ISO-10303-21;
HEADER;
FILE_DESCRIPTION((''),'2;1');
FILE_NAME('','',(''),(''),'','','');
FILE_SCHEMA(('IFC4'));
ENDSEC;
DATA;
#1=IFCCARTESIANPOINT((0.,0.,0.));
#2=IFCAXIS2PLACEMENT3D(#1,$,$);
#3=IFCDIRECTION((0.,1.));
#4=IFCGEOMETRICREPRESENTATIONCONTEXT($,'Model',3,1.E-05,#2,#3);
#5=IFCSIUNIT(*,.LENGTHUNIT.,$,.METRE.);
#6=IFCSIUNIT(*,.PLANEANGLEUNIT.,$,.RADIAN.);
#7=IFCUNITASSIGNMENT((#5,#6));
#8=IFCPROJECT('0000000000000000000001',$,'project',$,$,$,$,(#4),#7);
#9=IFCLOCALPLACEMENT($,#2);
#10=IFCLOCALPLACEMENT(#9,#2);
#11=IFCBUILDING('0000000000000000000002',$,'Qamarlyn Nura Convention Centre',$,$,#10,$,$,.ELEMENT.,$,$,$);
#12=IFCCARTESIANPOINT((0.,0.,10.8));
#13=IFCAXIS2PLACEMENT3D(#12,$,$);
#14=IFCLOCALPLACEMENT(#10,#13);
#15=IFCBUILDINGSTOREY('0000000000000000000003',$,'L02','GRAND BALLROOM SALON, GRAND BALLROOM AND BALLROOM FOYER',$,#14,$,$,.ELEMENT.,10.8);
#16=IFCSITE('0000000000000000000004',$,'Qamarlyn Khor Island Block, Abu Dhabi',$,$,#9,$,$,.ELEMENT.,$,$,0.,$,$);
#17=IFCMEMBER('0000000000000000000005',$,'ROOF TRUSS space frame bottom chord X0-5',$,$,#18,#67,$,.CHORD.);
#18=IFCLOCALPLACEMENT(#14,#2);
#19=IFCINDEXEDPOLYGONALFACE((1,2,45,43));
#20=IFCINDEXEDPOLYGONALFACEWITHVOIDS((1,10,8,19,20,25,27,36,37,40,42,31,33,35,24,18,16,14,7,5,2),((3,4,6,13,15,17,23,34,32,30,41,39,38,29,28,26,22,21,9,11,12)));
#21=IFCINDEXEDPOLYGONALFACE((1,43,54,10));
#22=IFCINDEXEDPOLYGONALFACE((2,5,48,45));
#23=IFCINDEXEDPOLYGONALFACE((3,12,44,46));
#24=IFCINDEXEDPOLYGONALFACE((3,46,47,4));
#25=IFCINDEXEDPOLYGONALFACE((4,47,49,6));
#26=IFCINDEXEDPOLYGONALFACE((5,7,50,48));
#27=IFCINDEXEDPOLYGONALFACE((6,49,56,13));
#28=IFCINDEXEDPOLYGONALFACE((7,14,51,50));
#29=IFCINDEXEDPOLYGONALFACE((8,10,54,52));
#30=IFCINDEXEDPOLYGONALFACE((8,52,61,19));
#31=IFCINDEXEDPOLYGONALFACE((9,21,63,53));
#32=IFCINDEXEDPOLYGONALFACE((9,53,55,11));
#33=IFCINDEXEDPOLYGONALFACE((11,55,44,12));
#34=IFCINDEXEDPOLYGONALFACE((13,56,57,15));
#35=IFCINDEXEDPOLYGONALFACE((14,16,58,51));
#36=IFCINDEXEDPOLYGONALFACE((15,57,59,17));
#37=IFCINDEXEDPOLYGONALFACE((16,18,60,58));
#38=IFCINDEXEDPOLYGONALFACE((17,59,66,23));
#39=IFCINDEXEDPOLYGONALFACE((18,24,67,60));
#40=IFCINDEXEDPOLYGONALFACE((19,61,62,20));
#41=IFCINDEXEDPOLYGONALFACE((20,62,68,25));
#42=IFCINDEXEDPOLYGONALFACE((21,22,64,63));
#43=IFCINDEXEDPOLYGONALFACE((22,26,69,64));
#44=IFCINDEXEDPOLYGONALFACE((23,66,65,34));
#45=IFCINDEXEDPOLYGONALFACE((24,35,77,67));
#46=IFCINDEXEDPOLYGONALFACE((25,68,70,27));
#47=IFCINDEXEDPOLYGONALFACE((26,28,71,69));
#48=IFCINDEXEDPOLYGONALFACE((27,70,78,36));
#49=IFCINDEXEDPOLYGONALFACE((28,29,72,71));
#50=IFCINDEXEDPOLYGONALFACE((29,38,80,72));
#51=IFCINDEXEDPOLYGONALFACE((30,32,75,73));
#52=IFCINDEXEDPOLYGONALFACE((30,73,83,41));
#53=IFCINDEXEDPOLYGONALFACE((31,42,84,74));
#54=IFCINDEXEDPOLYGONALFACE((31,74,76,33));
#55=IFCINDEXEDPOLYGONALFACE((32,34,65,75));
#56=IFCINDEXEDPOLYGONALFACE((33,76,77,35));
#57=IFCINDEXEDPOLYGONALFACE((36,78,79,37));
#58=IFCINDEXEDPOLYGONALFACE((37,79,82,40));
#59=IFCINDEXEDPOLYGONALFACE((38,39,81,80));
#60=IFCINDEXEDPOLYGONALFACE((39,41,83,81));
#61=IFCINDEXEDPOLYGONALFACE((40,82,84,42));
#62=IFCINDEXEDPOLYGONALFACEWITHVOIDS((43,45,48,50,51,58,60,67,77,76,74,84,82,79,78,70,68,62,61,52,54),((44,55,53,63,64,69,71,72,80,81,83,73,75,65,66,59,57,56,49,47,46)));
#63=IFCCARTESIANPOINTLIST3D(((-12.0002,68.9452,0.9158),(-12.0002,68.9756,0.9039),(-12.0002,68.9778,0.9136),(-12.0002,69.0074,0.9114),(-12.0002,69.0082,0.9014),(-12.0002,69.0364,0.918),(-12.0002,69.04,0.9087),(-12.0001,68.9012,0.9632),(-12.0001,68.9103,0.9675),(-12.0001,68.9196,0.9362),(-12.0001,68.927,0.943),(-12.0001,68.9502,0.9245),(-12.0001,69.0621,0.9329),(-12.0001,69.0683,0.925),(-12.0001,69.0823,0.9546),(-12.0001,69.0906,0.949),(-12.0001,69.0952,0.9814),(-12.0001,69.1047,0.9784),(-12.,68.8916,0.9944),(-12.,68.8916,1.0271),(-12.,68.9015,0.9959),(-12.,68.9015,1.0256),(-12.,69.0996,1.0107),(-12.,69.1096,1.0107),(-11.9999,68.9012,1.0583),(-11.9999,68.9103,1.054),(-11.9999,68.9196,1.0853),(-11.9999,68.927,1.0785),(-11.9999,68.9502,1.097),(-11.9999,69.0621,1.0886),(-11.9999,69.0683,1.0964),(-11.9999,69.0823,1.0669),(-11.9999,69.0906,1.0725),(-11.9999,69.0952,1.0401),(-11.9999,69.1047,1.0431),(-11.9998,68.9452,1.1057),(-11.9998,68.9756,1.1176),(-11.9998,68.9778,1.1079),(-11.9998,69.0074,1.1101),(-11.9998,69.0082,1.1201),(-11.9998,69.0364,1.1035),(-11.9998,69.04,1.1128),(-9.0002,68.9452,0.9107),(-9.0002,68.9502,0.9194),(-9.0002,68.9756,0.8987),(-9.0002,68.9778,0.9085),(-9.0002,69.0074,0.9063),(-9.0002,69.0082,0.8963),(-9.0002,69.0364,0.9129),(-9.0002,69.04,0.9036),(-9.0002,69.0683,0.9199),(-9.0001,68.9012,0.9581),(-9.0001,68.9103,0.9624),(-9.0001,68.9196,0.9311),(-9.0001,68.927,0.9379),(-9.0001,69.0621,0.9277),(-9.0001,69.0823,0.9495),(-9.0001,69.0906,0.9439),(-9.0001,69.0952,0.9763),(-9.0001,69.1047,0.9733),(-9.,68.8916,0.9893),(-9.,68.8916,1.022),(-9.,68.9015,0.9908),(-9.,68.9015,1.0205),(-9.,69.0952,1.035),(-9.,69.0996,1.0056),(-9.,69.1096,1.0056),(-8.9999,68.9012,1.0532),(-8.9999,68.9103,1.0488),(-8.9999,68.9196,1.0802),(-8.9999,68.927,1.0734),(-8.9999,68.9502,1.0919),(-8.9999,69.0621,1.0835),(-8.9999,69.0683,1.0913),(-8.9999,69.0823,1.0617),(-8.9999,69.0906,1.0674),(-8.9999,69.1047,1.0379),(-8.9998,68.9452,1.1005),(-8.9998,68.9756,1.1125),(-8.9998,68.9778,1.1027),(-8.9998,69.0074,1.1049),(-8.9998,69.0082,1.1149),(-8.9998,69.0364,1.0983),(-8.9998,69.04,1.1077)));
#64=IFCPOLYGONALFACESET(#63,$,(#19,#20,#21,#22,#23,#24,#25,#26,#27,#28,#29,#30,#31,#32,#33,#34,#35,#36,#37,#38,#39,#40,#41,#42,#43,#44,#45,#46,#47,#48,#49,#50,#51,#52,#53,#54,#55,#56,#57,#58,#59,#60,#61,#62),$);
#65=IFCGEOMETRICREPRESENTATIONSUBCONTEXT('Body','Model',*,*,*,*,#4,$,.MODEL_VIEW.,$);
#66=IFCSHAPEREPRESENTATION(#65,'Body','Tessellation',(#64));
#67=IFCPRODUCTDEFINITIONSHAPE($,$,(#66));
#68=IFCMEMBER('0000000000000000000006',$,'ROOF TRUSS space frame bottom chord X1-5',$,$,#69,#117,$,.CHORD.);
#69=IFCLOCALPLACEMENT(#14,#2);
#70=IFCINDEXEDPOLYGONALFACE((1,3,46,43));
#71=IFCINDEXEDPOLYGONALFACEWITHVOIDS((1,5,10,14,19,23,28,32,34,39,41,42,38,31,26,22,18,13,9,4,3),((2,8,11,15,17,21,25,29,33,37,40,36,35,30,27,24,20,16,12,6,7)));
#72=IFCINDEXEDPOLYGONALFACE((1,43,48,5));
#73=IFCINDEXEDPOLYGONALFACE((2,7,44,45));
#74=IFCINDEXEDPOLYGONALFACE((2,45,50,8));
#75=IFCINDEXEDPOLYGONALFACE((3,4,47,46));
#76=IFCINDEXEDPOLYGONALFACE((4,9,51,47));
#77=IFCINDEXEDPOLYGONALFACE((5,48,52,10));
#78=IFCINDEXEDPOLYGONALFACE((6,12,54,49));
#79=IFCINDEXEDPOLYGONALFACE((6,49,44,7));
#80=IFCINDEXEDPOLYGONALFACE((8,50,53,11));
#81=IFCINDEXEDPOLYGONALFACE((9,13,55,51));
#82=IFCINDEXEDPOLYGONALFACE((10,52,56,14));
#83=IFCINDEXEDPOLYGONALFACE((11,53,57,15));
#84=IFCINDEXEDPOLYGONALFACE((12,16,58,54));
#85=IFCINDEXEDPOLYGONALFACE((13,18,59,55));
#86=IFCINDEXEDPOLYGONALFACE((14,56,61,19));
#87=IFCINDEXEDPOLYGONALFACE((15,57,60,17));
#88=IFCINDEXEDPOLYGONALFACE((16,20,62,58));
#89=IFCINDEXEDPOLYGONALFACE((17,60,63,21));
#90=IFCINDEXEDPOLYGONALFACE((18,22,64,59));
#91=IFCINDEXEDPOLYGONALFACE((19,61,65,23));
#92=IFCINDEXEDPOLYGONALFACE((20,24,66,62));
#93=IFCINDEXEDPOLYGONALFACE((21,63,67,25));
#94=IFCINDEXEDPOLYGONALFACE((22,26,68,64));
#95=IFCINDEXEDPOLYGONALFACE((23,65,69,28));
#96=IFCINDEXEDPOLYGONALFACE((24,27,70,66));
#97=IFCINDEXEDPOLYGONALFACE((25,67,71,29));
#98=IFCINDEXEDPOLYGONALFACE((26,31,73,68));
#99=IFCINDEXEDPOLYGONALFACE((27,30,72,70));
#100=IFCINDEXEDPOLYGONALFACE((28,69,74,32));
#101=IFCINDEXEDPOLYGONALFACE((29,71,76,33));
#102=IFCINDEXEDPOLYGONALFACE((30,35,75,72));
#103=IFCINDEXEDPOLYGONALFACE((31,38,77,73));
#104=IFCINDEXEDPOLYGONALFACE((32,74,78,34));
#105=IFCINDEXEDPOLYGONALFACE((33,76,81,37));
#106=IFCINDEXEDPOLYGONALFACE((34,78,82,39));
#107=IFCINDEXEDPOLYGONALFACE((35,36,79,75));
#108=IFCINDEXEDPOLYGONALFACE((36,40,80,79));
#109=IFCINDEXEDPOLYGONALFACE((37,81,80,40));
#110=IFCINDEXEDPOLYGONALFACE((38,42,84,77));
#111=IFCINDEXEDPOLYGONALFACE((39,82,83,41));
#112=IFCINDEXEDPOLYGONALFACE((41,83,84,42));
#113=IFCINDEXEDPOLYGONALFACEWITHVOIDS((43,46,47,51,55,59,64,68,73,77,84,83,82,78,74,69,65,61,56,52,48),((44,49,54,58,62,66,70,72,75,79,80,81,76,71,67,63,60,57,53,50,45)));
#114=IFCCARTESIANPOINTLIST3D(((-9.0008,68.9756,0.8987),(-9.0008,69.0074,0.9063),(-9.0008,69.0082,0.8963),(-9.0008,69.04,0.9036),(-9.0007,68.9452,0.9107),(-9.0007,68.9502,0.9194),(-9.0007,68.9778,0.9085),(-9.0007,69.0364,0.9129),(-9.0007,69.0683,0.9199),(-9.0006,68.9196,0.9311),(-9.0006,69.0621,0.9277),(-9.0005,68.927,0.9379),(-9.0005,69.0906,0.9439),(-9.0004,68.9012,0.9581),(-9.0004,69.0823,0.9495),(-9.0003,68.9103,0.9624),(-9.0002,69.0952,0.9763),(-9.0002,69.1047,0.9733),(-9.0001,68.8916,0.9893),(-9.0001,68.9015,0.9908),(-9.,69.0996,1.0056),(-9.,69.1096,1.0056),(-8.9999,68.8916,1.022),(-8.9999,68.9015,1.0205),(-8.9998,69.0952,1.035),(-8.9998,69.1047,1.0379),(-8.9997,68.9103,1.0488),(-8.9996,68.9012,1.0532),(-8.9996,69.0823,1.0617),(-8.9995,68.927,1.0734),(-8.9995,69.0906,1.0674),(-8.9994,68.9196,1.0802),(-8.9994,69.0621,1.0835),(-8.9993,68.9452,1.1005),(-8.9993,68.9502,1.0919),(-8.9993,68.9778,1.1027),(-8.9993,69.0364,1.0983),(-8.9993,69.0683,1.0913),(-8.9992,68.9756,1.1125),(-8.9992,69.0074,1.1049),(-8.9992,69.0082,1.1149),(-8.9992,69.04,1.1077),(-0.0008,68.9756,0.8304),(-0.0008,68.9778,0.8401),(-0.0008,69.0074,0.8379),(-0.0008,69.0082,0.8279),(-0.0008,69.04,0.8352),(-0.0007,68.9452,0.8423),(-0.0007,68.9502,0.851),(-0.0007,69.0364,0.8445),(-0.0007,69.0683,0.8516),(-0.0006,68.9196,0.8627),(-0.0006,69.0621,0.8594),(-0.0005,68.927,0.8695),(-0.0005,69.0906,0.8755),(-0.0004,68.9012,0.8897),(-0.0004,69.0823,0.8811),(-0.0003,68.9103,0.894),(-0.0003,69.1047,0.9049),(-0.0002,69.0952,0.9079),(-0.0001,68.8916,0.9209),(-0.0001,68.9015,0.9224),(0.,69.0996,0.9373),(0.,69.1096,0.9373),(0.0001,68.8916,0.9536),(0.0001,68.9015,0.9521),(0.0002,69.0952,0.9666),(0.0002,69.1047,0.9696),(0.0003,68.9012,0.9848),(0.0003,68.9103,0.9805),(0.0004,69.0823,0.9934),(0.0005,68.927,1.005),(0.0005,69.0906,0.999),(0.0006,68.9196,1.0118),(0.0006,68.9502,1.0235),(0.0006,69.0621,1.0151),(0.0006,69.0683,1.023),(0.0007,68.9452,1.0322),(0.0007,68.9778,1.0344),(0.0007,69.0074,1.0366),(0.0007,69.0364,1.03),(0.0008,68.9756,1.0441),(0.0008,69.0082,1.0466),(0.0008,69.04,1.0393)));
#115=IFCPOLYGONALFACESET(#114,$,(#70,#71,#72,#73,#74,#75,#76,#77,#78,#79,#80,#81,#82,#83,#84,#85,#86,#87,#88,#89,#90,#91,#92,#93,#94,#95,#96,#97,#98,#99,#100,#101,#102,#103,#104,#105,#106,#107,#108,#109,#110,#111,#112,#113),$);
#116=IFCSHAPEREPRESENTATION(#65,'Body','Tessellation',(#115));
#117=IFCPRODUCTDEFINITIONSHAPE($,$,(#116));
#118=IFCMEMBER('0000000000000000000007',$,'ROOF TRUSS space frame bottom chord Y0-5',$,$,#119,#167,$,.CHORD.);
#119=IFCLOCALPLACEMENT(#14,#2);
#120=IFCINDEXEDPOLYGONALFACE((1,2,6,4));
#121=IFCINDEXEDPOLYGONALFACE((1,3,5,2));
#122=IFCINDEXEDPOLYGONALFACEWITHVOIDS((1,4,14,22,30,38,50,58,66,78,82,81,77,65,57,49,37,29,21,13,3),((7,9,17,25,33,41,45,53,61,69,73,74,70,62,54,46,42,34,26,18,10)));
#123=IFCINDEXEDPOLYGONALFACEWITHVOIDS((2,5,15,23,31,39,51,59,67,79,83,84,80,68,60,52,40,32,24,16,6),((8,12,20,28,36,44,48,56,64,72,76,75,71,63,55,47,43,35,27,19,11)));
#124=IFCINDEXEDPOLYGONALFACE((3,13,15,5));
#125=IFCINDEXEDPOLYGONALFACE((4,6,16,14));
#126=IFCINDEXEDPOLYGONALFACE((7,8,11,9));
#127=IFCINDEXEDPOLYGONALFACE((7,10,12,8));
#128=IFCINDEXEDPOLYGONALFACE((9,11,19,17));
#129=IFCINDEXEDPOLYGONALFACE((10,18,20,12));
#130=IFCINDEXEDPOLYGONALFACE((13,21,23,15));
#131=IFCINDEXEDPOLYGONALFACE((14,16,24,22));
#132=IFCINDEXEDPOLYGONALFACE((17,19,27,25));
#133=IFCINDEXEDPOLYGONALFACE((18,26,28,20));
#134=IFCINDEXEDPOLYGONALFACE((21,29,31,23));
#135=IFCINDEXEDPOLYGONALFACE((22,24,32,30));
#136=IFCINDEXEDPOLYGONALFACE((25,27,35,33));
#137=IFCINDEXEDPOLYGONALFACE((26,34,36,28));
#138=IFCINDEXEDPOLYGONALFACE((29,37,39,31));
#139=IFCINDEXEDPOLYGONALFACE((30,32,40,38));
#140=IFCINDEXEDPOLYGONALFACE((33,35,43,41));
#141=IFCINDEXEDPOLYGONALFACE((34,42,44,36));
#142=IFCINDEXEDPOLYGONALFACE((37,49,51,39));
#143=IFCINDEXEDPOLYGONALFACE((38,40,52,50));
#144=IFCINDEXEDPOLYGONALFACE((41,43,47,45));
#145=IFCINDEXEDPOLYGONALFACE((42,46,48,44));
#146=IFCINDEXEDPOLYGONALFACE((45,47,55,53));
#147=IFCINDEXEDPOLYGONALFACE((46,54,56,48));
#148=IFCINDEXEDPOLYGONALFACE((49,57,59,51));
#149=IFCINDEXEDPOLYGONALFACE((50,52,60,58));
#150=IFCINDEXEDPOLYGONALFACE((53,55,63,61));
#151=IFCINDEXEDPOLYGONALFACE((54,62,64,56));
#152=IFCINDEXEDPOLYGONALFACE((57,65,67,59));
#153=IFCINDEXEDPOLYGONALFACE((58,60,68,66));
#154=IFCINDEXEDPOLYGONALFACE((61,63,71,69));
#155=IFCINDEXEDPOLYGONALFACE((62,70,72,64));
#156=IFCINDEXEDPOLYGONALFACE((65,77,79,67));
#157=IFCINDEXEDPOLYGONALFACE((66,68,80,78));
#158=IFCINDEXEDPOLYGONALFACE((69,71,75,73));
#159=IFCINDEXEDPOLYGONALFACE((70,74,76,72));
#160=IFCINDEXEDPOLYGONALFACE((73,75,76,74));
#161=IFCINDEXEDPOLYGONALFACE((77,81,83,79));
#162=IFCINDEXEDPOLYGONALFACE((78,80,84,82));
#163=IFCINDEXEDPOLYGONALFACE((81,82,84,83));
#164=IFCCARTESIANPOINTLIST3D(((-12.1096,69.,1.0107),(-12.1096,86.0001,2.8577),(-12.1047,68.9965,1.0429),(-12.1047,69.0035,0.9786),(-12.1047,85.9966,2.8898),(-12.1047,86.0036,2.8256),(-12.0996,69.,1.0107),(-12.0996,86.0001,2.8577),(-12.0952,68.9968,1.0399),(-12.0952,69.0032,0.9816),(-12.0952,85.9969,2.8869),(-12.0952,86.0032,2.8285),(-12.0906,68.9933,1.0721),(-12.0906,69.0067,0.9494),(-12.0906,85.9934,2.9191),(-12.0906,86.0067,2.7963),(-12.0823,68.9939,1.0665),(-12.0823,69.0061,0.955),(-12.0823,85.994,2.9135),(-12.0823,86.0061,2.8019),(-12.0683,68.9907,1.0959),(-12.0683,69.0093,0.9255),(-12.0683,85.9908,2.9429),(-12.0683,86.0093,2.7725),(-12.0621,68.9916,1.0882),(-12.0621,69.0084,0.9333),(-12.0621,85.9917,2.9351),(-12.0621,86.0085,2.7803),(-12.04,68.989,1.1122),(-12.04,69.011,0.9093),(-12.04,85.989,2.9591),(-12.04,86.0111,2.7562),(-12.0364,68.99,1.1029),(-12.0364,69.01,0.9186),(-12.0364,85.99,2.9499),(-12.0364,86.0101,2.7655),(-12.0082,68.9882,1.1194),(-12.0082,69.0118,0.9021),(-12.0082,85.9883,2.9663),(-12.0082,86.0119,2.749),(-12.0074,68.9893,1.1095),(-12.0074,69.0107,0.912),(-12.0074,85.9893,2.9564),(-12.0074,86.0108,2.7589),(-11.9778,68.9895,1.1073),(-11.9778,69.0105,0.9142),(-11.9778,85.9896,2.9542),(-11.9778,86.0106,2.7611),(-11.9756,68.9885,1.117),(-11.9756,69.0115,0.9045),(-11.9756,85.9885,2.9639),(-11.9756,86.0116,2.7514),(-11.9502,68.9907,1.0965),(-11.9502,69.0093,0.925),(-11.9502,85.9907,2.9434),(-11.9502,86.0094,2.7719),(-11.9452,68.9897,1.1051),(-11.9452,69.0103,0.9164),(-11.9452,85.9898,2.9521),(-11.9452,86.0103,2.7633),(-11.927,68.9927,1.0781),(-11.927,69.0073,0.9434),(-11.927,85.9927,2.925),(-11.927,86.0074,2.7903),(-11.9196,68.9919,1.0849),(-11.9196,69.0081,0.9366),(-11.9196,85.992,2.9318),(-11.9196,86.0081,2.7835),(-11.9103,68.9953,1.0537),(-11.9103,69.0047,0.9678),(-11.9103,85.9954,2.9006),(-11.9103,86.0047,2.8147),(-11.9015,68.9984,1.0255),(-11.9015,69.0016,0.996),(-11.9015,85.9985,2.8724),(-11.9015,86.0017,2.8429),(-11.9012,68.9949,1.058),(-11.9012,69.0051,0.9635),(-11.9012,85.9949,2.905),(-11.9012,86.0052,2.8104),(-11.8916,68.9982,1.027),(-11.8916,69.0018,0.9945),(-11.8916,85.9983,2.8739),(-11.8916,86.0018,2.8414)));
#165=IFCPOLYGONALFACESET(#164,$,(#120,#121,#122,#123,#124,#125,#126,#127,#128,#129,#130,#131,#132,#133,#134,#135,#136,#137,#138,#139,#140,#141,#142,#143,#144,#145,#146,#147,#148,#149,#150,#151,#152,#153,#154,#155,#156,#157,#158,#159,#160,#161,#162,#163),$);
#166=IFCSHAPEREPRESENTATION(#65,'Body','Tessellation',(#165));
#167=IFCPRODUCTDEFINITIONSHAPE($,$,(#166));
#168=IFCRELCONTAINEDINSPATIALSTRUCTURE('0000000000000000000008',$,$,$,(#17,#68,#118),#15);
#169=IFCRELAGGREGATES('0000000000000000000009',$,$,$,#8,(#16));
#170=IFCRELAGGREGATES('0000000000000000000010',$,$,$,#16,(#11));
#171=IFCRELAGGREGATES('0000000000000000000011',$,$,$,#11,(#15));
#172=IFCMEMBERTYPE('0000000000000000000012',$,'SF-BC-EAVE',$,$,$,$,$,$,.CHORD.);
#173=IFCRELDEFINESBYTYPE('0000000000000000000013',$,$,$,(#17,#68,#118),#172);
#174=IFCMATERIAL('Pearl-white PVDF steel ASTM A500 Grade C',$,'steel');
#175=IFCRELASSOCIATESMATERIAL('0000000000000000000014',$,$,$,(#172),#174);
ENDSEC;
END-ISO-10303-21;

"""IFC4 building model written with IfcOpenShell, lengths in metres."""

from ifc_helpers import new_model, si_unit, direction, frame, origin, origin_2d, place, context, subcontext, project, spatial, hollow_circle, extrude, material, material_profile, profile_set, type_object, element, save


model = new_model("IFC4")

# Units and contexts
model_context = context("Model", 3, precision=1e-05, world=origin(), true_north=direction((0.0, 1.0)))
body_context = subcontext(model_context, "Body", "Model", "MODEL_VIEW")
ifc_project = project(units=[si_unit("LENGTHUNIT", "METRE"), si_unit("PLANEANGLEUNIT", "RADIAN")], contexts=[model_context])

# Site, building, storey
site_placement = place(None, origin())
site = spatial("IfcSite", under=ifc_project, at=site_placement, Name="Qamarlyn Khor Island Block, Abu Dhabi", CompositionType="ELEMENT", RefElevation=0.0)
building_placement = place(site_placement, origin())
building = spatial("IfcBuilding", under=site, at=building_placement, Name="Qamarlyn Nura Convention Centre", CompositionType="ELEMENT")
storey_placement = place(building_placement, frame((0.0, 0.0, 10.8)))
storey = spatial("IfcBuildingStorey", under=building, at=storey_placement, Name="L02", Description="GRAND BALLROOM SALON, GRAND BALLROOM AND BALLROOM FOYER", CompositionType="ELEMENT", Elevation=10.8)

# Members
ifc_material_1 = material(Name="Pearl-white PVDF steel ASTM A500 Grade C", Category="steel")
ifc_material_profile_1 = material_profile(ifc_material_1, hollow_circle(Radius=0.1096, WallThickness=0.01, at=origin_2d()), Name="CHS219.1X10")
ifc_profile_set_1 = profile_set([ifc_material_profile_1], Name="Pearl-white PVDF steel ASTM A500 Grade C")
member_type_1 = type_object("IfcMemberType", Name="SF-BC-EAVE", PredefinedType="CHORD", material=ifc_profile_set_1)
member_1_placement = place(storey_placement, frame((-12.0, 69.0, 1.0107), z_axis=(0.999999, 0.0, -0.001709), x_axis=(0.0, 1.0, 0.0)))
element("IfcMember", 1, at=member_1_placement, inside=storey, type_object=member_type_1, Name="ROOF TRUSS space frame bottom chord X0-5", PredefinedType="CHORD", context=body_context, shape_type="SweptSolid", body=[
    extrude(hollow_circle(Radius=0.1096, WallThickness=0.01, at=origin_2d()), origin(), (0.0, 0.0, 1.0), 3.0),
])
member_2_placement = place(storey_placement, frame((-9.0, 69.0, 1.0056), z_axis=(0.999971, 0.0, -0.007595), x_axis=(0.0, 1.0, 0.0)))
element("IfcMember", 2, at=member_2_placement, inside=storey, type_object=member_type_1, Name="ROOF TRUSS space frame bottom chord X1-5", PredefinedType="CHORD", context=body_context, shape_type="SweptSolid", body=[
    extrude(hollow_circle(Radius=0.1096, WallThickness=0.01, at=origin_2d()), origin(), (0.0, 0.0, 1.0), 9.0002),
])
member_3_placement = place(storey_placement, frame((-12.0, 69.0, 1.0107), z_axis=(0.0, 0.99415, 0.108007), x_axis=(-1.0, 0.0, 0.0)))
element("IfcMember", 3, at=member_3_placement, inside=storey, type_object=member_type_1, Name="ROOF TRUSS space frame bottom chord Y0-5", PredefinedType="CHORD", context=body_context, shape_type="SweptSolid", body=[
    extrude(hollow_circle(Radius=0.1096, WallThickness=0.01, at=origin_2d()), origin(), (0.0, 0.0, 1.0), 17.1001),
])

save(model, "model.ifc")
